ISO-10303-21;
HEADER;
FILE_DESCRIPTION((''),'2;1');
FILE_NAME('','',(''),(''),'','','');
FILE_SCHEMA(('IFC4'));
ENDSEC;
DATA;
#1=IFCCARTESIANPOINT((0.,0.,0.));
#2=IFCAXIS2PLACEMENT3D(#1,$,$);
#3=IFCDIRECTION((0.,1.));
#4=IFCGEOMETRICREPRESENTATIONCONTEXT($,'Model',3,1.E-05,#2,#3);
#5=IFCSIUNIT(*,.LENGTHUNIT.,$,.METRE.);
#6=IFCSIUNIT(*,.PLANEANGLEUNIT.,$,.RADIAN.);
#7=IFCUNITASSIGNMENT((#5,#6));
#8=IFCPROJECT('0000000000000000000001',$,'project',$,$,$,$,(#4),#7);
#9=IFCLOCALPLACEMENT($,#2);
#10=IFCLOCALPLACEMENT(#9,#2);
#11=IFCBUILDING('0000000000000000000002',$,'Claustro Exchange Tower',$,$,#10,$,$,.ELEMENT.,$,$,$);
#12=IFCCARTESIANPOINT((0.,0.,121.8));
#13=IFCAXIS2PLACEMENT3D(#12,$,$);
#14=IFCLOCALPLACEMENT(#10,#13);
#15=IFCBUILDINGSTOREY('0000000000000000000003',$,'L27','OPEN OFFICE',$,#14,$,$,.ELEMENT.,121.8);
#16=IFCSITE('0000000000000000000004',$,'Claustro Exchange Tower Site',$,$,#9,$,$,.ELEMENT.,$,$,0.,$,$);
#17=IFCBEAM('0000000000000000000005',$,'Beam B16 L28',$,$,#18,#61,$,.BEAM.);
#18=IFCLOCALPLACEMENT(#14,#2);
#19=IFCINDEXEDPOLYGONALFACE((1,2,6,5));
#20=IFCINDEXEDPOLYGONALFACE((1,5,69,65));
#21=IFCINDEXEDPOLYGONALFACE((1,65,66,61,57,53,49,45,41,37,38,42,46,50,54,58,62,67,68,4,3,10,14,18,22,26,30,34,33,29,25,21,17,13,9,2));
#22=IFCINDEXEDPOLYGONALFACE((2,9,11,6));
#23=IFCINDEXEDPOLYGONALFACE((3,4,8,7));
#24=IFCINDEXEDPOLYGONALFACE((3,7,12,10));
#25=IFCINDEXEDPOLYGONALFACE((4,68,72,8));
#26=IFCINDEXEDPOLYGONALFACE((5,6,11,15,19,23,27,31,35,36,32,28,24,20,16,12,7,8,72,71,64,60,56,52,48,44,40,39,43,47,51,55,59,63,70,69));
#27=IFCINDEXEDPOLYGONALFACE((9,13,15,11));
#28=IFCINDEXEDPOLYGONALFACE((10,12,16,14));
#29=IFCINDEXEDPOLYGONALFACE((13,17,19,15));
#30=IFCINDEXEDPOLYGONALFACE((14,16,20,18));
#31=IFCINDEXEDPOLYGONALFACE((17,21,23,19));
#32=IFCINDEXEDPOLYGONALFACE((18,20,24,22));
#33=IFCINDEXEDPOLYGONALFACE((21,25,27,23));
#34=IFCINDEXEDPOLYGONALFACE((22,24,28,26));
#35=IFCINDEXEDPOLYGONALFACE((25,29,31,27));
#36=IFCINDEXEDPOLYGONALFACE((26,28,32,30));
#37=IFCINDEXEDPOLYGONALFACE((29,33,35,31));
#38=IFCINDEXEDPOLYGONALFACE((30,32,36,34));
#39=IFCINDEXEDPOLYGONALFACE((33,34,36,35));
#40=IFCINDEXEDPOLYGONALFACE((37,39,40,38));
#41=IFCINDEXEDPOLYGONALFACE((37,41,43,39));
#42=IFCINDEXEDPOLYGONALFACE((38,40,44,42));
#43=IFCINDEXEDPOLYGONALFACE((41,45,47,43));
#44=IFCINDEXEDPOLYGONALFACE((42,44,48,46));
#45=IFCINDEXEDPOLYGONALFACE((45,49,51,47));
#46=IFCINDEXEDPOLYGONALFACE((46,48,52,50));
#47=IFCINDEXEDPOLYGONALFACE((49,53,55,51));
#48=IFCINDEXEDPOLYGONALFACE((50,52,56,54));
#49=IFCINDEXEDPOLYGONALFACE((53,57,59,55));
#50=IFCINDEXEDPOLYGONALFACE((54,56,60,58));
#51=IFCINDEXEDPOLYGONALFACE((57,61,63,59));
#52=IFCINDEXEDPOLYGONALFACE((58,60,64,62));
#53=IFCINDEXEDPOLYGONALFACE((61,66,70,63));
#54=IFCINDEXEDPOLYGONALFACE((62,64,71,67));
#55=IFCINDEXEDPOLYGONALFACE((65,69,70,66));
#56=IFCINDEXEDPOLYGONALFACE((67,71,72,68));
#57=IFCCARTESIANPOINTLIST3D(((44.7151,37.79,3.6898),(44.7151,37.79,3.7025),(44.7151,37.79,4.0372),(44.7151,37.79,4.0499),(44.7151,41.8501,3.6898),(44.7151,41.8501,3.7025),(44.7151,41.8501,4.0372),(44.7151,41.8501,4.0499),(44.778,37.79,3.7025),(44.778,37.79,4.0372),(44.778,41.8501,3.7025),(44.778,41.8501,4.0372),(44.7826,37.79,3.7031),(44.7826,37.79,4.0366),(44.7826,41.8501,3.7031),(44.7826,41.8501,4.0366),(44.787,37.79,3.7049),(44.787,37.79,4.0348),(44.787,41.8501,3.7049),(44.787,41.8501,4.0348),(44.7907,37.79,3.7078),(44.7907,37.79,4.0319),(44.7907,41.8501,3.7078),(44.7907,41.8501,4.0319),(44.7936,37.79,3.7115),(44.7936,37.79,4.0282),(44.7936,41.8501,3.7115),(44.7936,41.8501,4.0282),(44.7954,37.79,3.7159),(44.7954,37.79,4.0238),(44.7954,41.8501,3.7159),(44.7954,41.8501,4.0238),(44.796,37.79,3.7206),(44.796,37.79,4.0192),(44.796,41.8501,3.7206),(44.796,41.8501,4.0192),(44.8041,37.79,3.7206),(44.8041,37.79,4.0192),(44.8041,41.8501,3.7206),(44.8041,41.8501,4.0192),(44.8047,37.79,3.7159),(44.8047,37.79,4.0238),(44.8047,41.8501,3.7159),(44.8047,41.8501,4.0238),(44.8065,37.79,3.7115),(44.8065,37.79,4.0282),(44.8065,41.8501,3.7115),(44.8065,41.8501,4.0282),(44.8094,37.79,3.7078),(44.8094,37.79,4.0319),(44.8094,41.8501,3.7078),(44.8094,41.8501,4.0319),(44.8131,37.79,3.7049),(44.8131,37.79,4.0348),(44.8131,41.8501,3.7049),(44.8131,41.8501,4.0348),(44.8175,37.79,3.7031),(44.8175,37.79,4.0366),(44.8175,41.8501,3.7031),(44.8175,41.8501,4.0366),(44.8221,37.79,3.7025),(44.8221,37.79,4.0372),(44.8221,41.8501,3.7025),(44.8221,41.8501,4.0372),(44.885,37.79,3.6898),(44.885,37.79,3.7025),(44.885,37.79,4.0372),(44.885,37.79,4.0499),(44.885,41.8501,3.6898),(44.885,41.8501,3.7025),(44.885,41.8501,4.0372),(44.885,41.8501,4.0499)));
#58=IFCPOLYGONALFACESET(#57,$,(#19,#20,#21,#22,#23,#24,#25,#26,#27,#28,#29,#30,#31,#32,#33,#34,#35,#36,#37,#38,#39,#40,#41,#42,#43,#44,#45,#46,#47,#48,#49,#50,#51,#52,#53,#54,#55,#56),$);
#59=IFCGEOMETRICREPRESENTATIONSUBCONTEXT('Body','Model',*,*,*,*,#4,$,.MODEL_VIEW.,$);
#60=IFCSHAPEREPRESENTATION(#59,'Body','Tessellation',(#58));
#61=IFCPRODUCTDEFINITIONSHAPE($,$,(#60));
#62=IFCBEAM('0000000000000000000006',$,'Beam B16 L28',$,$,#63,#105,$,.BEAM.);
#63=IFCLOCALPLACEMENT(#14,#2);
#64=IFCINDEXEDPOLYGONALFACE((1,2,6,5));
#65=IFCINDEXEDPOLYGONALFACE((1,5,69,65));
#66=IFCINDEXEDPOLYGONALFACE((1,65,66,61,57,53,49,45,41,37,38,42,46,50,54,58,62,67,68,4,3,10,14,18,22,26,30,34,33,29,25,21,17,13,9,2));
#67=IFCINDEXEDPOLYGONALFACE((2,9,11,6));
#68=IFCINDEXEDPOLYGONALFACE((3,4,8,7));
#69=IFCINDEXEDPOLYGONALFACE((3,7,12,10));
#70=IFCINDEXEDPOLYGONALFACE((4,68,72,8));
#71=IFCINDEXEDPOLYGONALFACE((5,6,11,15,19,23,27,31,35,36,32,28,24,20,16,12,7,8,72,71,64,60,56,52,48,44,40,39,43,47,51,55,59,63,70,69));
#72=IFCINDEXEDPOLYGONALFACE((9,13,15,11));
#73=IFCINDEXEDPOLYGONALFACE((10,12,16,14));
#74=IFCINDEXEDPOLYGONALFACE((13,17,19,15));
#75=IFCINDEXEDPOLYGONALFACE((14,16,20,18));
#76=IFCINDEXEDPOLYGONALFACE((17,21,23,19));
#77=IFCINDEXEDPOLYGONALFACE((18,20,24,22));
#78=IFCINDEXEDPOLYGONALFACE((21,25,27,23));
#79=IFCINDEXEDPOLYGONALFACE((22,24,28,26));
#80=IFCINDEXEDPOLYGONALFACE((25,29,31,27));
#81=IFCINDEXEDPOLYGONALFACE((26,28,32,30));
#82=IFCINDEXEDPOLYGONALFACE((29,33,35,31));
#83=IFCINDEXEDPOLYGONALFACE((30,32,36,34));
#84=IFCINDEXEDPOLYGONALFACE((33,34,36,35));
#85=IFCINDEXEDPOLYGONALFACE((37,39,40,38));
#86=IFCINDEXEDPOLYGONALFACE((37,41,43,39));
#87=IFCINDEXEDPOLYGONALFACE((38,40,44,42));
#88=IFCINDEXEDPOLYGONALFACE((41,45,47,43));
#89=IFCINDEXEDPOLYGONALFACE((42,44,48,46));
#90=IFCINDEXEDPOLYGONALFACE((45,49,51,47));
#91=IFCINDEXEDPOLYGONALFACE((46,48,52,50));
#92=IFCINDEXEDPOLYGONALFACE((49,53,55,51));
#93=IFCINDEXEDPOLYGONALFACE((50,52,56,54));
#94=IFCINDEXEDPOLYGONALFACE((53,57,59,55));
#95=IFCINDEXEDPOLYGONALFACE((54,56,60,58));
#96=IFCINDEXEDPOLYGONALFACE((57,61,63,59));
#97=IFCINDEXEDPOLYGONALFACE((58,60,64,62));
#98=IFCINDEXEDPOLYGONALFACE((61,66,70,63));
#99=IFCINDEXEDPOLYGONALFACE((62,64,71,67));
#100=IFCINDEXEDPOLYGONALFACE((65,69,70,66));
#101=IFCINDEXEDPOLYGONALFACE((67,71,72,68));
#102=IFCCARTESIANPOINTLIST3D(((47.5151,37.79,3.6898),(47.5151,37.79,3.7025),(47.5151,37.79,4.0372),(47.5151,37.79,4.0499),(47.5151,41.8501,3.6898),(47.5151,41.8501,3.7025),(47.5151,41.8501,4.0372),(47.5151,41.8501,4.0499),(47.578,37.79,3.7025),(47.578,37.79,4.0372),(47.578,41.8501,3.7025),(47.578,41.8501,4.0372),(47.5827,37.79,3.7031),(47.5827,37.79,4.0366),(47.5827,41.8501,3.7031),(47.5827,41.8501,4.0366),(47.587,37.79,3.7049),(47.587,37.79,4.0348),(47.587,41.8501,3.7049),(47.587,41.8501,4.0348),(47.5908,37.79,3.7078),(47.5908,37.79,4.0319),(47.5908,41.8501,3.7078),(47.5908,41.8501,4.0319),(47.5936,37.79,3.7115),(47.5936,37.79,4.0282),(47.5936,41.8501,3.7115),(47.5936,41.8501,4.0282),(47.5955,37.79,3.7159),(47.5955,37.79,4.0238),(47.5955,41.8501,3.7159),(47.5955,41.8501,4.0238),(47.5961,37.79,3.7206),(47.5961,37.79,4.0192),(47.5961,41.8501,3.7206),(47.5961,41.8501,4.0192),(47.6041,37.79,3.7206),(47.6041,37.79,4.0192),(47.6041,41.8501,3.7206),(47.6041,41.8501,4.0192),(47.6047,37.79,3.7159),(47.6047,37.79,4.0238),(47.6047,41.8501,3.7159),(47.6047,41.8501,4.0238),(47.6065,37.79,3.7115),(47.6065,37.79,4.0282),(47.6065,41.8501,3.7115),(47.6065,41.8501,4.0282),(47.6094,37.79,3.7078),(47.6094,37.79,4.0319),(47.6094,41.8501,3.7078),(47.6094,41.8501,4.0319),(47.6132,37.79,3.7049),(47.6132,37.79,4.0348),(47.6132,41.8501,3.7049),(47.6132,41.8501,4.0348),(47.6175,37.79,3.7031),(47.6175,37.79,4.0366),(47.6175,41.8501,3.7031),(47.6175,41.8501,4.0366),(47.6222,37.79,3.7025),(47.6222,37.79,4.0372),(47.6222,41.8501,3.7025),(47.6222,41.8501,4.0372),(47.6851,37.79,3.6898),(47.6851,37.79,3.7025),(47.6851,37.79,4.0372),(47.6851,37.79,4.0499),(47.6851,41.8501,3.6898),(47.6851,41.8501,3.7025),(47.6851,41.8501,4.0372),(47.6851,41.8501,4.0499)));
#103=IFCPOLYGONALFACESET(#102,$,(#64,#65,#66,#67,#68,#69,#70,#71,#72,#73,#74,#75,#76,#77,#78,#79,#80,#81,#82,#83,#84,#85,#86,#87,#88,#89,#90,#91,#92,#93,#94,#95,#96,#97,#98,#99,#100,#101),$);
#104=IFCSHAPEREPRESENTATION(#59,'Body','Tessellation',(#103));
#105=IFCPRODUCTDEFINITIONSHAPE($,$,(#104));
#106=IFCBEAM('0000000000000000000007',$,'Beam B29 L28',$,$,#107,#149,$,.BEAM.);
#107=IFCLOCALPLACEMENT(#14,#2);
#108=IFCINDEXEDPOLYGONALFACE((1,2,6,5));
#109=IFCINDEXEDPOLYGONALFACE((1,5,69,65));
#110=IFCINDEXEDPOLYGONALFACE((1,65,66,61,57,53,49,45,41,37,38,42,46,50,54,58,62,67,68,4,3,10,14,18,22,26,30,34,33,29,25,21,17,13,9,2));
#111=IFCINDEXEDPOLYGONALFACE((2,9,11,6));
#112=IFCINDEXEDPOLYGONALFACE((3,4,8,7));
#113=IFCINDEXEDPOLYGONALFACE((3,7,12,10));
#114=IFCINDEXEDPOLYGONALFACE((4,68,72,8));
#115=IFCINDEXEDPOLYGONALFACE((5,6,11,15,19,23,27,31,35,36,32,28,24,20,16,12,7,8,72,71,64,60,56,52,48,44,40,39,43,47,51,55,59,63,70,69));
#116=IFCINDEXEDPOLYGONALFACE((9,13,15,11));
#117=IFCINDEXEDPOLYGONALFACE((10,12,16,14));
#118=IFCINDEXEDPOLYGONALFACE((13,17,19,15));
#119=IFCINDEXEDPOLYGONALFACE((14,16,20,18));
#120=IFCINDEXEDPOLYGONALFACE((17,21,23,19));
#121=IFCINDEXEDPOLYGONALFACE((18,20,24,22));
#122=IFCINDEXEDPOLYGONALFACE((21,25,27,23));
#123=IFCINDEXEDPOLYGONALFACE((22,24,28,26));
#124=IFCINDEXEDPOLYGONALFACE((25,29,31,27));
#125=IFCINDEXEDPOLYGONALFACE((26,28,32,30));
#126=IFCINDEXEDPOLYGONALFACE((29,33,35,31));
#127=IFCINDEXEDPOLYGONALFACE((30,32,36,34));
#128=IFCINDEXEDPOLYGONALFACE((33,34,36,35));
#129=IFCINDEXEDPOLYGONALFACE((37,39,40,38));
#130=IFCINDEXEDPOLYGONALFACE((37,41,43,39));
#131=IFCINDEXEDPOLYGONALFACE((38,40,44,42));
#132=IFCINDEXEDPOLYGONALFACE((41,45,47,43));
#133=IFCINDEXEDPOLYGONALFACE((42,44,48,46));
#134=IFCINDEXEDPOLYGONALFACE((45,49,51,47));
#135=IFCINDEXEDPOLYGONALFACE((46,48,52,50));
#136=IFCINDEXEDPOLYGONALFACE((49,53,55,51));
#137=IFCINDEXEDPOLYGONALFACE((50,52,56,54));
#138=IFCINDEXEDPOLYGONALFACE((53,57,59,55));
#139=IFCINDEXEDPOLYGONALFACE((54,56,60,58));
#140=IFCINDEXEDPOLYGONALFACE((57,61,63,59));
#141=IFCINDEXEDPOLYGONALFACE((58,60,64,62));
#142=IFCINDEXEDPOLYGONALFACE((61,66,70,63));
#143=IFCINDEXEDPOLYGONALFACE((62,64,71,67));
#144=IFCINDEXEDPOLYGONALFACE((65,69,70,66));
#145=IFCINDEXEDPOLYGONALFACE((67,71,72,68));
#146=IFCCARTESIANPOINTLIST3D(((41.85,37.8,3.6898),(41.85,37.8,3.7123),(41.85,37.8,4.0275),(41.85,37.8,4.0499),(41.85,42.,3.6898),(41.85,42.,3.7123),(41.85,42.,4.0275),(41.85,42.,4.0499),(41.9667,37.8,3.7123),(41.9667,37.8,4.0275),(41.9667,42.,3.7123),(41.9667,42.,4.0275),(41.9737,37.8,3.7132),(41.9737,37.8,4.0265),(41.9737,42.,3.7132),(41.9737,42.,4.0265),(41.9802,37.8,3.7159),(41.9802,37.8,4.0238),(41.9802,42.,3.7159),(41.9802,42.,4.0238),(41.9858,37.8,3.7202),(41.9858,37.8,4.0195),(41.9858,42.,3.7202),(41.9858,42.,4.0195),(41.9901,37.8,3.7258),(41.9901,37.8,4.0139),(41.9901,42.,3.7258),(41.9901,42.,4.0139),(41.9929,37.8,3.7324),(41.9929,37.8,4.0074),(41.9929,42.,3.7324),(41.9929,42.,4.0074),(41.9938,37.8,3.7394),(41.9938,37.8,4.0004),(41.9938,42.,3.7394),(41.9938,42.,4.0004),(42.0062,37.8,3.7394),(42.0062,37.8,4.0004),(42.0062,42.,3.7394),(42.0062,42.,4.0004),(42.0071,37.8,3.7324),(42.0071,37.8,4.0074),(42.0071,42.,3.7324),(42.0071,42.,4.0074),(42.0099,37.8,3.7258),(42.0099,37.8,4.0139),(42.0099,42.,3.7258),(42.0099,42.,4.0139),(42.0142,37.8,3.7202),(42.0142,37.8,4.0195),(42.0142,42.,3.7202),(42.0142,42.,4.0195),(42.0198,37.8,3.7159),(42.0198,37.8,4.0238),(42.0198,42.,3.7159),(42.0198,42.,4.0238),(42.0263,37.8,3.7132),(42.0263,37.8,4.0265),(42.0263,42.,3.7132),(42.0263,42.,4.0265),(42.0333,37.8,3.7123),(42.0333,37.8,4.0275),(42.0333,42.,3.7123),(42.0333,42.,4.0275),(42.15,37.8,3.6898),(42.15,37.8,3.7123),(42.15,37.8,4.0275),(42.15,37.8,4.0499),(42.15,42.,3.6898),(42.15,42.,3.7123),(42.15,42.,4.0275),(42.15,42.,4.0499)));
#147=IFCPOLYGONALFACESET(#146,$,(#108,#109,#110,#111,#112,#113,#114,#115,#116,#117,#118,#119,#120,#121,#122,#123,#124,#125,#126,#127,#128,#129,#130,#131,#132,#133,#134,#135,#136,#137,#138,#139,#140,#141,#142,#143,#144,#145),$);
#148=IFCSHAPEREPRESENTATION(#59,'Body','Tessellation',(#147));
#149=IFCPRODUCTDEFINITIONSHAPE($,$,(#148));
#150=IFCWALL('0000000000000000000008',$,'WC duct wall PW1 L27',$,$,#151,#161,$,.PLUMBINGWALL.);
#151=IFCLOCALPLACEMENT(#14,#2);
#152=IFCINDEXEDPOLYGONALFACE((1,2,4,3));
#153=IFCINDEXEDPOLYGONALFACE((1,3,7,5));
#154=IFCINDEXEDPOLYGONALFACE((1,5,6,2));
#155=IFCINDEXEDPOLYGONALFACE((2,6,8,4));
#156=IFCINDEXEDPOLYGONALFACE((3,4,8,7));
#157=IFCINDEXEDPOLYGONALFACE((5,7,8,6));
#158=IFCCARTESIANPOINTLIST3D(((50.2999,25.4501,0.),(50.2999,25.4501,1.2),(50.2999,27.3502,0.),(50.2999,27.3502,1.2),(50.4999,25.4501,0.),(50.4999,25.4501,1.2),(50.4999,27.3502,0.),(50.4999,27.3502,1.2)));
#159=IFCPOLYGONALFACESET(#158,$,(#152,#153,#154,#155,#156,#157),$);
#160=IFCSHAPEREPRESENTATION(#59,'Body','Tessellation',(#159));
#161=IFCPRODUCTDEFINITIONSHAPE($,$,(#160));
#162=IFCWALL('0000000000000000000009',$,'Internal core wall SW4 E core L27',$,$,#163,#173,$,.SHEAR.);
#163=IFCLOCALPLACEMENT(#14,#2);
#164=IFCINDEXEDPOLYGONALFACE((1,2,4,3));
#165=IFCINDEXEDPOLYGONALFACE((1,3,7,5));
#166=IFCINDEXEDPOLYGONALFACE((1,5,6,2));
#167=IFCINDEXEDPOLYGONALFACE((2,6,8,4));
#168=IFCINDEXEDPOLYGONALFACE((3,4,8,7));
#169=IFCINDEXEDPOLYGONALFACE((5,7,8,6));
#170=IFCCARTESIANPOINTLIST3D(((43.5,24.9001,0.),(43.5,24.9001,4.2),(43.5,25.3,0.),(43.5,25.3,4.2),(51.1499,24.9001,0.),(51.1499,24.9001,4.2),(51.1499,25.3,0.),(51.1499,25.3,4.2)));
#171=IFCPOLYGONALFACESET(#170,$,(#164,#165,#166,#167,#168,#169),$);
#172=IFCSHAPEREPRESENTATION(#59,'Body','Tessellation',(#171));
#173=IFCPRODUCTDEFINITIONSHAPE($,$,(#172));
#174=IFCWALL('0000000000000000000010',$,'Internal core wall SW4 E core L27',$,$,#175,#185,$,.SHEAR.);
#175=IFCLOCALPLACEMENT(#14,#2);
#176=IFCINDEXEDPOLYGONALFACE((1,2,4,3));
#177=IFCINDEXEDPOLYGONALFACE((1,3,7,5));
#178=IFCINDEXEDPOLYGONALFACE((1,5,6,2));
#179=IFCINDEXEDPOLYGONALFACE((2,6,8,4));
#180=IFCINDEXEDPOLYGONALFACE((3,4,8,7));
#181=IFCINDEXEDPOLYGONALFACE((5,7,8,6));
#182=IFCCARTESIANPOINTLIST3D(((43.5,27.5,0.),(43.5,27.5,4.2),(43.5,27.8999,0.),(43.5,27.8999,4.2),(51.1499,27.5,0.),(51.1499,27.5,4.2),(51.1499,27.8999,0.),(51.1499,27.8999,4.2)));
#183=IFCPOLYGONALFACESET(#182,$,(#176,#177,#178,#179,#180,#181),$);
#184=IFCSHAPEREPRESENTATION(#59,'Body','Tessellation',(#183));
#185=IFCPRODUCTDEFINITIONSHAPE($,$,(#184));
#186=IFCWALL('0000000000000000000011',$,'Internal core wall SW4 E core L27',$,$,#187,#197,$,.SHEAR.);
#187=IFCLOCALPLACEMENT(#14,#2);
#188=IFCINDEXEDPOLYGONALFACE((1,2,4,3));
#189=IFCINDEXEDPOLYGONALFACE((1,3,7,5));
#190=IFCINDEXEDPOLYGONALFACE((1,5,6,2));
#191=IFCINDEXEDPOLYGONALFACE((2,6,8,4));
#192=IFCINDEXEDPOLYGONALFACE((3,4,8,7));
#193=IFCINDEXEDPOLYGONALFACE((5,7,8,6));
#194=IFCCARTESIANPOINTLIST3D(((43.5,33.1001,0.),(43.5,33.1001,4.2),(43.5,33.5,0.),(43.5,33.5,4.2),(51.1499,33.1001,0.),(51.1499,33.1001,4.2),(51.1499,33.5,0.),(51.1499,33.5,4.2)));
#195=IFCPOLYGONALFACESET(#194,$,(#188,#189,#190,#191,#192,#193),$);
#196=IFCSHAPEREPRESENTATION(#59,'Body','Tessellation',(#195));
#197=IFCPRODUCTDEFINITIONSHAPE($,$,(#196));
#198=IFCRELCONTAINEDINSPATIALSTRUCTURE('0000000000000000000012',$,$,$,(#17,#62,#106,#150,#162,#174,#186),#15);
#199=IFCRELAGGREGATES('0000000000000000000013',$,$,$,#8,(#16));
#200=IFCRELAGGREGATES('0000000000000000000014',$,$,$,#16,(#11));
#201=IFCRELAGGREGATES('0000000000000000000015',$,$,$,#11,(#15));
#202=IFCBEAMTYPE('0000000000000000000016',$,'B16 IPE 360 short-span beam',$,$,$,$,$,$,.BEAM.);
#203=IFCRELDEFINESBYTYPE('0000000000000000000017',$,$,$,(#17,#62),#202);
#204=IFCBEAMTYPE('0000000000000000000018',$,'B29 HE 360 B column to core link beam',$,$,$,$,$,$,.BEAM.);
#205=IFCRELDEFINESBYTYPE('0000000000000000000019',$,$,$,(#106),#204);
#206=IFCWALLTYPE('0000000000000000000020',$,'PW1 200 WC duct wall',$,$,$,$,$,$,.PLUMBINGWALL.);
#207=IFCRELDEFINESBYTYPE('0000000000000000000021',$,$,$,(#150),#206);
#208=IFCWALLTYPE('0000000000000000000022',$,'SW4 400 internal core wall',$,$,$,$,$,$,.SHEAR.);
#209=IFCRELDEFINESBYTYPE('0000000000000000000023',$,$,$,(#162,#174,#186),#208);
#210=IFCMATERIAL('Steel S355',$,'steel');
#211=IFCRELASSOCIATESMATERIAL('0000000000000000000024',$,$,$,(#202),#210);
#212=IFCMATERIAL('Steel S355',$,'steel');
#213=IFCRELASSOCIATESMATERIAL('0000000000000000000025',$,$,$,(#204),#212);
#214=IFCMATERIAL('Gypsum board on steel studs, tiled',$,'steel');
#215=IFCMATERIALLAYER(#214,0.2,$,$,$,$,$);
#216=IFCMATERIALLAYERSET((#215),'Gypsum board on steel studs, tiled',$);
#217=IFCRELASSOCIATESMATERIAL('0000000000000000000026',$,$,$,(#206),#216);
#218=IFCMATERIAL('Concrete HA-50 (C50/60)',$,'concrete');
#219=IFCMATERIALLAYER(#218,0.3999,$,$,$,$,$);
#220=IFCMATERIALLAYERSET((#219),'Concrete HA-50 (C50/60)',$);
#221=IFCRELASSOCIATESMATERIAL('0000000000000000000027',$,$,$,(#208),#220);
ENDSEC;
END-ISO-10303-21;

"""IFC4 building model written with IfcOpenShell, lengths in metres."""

from ifc_helpers import new_model, si_unit, direction, frame, frame_2d, origin, origin_2d, place, context, subcontext, project, spatial, rectangle, i_section, extrude, material, layer, layer_set, material_profile, profile_set, type_object, element, save


model = new_model("IFC4")

# Units and contexts
model_context = context("Model", 3, precision=1e-05, world=origin(), true_north=direction((0.0, 1.0)))
body_context = subcontext(model_context, "Body", "Model", "MODEL_VIEW")
ifc_project = project(units=[si_unit("LENGTHUNIT", "METRE"), si_unit("PLANEANGLEUNIT", "RADIAN")], contexts=[model_context])

# Site, building, storey
site_placement = place(None, origin())
site = spatial("IfcSite", under=ifc_project, at=site_placement, Name="Claustro Exchange Tower Site", CompositionType="ELEMENT", RefElevation=0.0)
building_placement = place(site_placement, origin())
building = spatial("IfcBuilding", under=site, at=building_placement, Name="Claustro Exchange Tower", CompositionType="ELEMENT")
storey_placement = place(building_placement, frame((0.0, 0.0, 121.8)))
storey = spatial("IfcBuildingStorey", under=building, at=storey_placement, Name="L27", Description="OPEN OFFICE", CompositionType="ELEMENT", Elevation=121.8)

# Beams
ifc_material_1 = material(Name="Steel S355", Category="steel")
ifc_material_profile_1 = material_profile(ifc_material_1, i_section(OverallWidth=0.1699, OverallDepth=0.3601, WebThickness=0.0081, FlangeThickness=0.0127, FilletRadius=0.0181, at=origin_2d()), Name="IPE 360")
ifc_profile_set_1 = profile_set([ifc_material_profile_1], Name="Steel S355")
beam_type_1 = type_object("IfcBeamType", Name="B16 IPE 360 short-span beam", PredefinedType="BEAM", material=ifc_profile_set_1)
for number, where, z_axis, x_axis, name in (
    (1, (44.8, 37.79, 3.8699), (0.0, 1.0, 0.0), (-1.0, 0.0, 0.0), "Beam B16 L28"),
    (2, (47.6001, 37.79, 3.8699), (0.0, 1.0, 0.0), (-1.0, 0.0, 0.0), "Beam B16 L28"),
):
    element("IfcBeam", number, at=place(storey_placement, frame(where, z_axis=z_axis, x_axis=x_axis)), inside=storey, type_object=beam_type_1, Name=name, PredefinedType="BEAM", context=body_context, shape_type="SweptSolid", body=[
        extrude(i_section(OverallWidth=0.1699, OverallDepth=0.3601, WebThickness=0.0081, FlangeThickness=0.0127, FilletRadius=0.0181, at=origin_2d()), origin(), (0.0, 0.0, 1.0), 4.0601),
    ])
ifc_material_2 = material(Name="Steel S355", Category="steel")
ifc_material_profile_2 = material_profile(ifc_material_2, i_section(OverallWidth=0.3, OverallDepth=0.3601, WebThickness=0.0125, FlangeThickness=0.0225, FilletRadius=0.0271, at=origin_2d()), Name="HE 360 B")
ifc_profile_set_2 = profile_set([ifc_material_profile_2], Name="Steel S355")
beam_type_2 = type_object("IfcBeamType", Name="B29 HE 360 B column to core link beam", PredefinedType="BEAM", material=ifc_profile_set_2)
beam_placement = place(storey_placement, frame((42.0, 37.8, 3.8699), z_axis=(0.0, 1.0, 0.0), x_axis=(-1.0, 0.0, 0.0)))
element("IfcBeam", 3, at=beam_placement, inside=storey, type_object=beam_type_2, Name="Beam B29 L28", PredefinedType="BEAM", context=body_context, shape_type="SweptSolid", body=[
    extrude(i_section(OverallWidth=0.3, OverallDepth=0.3601, WebThickness=0.0125, FlangeThickness=0.0225, FilletRadius=0.0271, at=origin_2d()), origin(), (0.0, 0.0, 1.0), 4.2),
])

# Walls
ifc_material_3 = material(Name="Gypsum board on steel studs, tiled", Category="steel")
ifc_layer_1 = layer(ifc_material_3, 0.2)
ifc_layer_set_1 = layer_set([ifc_layer_1], Name="Gypsum board on steel studs, tiled")
wall_type_1 = type_object("IfcWallType", Name="PW1 200 WC duct wall", PredefinedType="PLUMBINGWALL", material=ifc_layer_set_1)
wall_1_placement = place(storey_placement, frame((50.3999, 25.45, 0.0), z_axis=(0.0, 0.0, 1.0), x_axis=(0.0, 1.0, 0.0)))
element("IfcWall", 4, at=wall_1_placement, inside=storey, type_object=wall_type_1, Name="WC duct wall PW1 L27", PredefinedType="PLUMBINGWALL", context=body_context, shape_type="SweptSolid", body=[
    extrude(rectangle(XDim=1.9001, YDim=0.2, at=frame_2d((0.9502, 0.0))), origin(), (0.0, 0.0, 1.0), 1.2),
])
ifc_material_4 = material(Name="Concrete HA-50 (C50/60)", Category="concrete")
ifc_layer_2 = layer(ifc_material_4, 0.3999)
ifc_layer_set_2 = layer_set([ifc_layer_2], Name="Concrete HA-50 (C50/60)")
wall_type_2 = type_object("IfcWallType", Name="SW4 400 internal core wall", PredefinedType="SHEAR", material=ifc_layer_set_2)
for number, where, z_axis, x_axis, name in (
    (5, (51.1499, 25.1001, 0.0), (0.0, 0.0, 1.0), (-1.0, 0.0, 0.0), "Internal core wall SW4 E core L27"),
    (6, (51.1499, 27.7, 0.0), (0.0, 0.0, 1.0), (-1.0, 0.0, 0.0), "Internal core wall SW4 E core L27"),
    (7, (51.1499, 33.3, 0.0), (0.0, 0.0, 1.0), (-1.0, 0.0, 0.0), "Internal core wall SW4 E core L27"),
):
    element("IfcWall", number, at=place(storey_placement, frame(where, z_axis=z_axis, x_axis=x_axis)), inside=storey, type_object=wall_type_2, Name=name, PredefinedType="SHEAR", context=body_context, shape_type="SweptSolid", body=[
        extrude(rectangle(XDim=7.6499, YDim=0.3999, at=frame_2d((3.825, 0.0))), origin(), (0.0, 0.0, 1.0), 4.2),
    ])

save(model, "model.ifc")
